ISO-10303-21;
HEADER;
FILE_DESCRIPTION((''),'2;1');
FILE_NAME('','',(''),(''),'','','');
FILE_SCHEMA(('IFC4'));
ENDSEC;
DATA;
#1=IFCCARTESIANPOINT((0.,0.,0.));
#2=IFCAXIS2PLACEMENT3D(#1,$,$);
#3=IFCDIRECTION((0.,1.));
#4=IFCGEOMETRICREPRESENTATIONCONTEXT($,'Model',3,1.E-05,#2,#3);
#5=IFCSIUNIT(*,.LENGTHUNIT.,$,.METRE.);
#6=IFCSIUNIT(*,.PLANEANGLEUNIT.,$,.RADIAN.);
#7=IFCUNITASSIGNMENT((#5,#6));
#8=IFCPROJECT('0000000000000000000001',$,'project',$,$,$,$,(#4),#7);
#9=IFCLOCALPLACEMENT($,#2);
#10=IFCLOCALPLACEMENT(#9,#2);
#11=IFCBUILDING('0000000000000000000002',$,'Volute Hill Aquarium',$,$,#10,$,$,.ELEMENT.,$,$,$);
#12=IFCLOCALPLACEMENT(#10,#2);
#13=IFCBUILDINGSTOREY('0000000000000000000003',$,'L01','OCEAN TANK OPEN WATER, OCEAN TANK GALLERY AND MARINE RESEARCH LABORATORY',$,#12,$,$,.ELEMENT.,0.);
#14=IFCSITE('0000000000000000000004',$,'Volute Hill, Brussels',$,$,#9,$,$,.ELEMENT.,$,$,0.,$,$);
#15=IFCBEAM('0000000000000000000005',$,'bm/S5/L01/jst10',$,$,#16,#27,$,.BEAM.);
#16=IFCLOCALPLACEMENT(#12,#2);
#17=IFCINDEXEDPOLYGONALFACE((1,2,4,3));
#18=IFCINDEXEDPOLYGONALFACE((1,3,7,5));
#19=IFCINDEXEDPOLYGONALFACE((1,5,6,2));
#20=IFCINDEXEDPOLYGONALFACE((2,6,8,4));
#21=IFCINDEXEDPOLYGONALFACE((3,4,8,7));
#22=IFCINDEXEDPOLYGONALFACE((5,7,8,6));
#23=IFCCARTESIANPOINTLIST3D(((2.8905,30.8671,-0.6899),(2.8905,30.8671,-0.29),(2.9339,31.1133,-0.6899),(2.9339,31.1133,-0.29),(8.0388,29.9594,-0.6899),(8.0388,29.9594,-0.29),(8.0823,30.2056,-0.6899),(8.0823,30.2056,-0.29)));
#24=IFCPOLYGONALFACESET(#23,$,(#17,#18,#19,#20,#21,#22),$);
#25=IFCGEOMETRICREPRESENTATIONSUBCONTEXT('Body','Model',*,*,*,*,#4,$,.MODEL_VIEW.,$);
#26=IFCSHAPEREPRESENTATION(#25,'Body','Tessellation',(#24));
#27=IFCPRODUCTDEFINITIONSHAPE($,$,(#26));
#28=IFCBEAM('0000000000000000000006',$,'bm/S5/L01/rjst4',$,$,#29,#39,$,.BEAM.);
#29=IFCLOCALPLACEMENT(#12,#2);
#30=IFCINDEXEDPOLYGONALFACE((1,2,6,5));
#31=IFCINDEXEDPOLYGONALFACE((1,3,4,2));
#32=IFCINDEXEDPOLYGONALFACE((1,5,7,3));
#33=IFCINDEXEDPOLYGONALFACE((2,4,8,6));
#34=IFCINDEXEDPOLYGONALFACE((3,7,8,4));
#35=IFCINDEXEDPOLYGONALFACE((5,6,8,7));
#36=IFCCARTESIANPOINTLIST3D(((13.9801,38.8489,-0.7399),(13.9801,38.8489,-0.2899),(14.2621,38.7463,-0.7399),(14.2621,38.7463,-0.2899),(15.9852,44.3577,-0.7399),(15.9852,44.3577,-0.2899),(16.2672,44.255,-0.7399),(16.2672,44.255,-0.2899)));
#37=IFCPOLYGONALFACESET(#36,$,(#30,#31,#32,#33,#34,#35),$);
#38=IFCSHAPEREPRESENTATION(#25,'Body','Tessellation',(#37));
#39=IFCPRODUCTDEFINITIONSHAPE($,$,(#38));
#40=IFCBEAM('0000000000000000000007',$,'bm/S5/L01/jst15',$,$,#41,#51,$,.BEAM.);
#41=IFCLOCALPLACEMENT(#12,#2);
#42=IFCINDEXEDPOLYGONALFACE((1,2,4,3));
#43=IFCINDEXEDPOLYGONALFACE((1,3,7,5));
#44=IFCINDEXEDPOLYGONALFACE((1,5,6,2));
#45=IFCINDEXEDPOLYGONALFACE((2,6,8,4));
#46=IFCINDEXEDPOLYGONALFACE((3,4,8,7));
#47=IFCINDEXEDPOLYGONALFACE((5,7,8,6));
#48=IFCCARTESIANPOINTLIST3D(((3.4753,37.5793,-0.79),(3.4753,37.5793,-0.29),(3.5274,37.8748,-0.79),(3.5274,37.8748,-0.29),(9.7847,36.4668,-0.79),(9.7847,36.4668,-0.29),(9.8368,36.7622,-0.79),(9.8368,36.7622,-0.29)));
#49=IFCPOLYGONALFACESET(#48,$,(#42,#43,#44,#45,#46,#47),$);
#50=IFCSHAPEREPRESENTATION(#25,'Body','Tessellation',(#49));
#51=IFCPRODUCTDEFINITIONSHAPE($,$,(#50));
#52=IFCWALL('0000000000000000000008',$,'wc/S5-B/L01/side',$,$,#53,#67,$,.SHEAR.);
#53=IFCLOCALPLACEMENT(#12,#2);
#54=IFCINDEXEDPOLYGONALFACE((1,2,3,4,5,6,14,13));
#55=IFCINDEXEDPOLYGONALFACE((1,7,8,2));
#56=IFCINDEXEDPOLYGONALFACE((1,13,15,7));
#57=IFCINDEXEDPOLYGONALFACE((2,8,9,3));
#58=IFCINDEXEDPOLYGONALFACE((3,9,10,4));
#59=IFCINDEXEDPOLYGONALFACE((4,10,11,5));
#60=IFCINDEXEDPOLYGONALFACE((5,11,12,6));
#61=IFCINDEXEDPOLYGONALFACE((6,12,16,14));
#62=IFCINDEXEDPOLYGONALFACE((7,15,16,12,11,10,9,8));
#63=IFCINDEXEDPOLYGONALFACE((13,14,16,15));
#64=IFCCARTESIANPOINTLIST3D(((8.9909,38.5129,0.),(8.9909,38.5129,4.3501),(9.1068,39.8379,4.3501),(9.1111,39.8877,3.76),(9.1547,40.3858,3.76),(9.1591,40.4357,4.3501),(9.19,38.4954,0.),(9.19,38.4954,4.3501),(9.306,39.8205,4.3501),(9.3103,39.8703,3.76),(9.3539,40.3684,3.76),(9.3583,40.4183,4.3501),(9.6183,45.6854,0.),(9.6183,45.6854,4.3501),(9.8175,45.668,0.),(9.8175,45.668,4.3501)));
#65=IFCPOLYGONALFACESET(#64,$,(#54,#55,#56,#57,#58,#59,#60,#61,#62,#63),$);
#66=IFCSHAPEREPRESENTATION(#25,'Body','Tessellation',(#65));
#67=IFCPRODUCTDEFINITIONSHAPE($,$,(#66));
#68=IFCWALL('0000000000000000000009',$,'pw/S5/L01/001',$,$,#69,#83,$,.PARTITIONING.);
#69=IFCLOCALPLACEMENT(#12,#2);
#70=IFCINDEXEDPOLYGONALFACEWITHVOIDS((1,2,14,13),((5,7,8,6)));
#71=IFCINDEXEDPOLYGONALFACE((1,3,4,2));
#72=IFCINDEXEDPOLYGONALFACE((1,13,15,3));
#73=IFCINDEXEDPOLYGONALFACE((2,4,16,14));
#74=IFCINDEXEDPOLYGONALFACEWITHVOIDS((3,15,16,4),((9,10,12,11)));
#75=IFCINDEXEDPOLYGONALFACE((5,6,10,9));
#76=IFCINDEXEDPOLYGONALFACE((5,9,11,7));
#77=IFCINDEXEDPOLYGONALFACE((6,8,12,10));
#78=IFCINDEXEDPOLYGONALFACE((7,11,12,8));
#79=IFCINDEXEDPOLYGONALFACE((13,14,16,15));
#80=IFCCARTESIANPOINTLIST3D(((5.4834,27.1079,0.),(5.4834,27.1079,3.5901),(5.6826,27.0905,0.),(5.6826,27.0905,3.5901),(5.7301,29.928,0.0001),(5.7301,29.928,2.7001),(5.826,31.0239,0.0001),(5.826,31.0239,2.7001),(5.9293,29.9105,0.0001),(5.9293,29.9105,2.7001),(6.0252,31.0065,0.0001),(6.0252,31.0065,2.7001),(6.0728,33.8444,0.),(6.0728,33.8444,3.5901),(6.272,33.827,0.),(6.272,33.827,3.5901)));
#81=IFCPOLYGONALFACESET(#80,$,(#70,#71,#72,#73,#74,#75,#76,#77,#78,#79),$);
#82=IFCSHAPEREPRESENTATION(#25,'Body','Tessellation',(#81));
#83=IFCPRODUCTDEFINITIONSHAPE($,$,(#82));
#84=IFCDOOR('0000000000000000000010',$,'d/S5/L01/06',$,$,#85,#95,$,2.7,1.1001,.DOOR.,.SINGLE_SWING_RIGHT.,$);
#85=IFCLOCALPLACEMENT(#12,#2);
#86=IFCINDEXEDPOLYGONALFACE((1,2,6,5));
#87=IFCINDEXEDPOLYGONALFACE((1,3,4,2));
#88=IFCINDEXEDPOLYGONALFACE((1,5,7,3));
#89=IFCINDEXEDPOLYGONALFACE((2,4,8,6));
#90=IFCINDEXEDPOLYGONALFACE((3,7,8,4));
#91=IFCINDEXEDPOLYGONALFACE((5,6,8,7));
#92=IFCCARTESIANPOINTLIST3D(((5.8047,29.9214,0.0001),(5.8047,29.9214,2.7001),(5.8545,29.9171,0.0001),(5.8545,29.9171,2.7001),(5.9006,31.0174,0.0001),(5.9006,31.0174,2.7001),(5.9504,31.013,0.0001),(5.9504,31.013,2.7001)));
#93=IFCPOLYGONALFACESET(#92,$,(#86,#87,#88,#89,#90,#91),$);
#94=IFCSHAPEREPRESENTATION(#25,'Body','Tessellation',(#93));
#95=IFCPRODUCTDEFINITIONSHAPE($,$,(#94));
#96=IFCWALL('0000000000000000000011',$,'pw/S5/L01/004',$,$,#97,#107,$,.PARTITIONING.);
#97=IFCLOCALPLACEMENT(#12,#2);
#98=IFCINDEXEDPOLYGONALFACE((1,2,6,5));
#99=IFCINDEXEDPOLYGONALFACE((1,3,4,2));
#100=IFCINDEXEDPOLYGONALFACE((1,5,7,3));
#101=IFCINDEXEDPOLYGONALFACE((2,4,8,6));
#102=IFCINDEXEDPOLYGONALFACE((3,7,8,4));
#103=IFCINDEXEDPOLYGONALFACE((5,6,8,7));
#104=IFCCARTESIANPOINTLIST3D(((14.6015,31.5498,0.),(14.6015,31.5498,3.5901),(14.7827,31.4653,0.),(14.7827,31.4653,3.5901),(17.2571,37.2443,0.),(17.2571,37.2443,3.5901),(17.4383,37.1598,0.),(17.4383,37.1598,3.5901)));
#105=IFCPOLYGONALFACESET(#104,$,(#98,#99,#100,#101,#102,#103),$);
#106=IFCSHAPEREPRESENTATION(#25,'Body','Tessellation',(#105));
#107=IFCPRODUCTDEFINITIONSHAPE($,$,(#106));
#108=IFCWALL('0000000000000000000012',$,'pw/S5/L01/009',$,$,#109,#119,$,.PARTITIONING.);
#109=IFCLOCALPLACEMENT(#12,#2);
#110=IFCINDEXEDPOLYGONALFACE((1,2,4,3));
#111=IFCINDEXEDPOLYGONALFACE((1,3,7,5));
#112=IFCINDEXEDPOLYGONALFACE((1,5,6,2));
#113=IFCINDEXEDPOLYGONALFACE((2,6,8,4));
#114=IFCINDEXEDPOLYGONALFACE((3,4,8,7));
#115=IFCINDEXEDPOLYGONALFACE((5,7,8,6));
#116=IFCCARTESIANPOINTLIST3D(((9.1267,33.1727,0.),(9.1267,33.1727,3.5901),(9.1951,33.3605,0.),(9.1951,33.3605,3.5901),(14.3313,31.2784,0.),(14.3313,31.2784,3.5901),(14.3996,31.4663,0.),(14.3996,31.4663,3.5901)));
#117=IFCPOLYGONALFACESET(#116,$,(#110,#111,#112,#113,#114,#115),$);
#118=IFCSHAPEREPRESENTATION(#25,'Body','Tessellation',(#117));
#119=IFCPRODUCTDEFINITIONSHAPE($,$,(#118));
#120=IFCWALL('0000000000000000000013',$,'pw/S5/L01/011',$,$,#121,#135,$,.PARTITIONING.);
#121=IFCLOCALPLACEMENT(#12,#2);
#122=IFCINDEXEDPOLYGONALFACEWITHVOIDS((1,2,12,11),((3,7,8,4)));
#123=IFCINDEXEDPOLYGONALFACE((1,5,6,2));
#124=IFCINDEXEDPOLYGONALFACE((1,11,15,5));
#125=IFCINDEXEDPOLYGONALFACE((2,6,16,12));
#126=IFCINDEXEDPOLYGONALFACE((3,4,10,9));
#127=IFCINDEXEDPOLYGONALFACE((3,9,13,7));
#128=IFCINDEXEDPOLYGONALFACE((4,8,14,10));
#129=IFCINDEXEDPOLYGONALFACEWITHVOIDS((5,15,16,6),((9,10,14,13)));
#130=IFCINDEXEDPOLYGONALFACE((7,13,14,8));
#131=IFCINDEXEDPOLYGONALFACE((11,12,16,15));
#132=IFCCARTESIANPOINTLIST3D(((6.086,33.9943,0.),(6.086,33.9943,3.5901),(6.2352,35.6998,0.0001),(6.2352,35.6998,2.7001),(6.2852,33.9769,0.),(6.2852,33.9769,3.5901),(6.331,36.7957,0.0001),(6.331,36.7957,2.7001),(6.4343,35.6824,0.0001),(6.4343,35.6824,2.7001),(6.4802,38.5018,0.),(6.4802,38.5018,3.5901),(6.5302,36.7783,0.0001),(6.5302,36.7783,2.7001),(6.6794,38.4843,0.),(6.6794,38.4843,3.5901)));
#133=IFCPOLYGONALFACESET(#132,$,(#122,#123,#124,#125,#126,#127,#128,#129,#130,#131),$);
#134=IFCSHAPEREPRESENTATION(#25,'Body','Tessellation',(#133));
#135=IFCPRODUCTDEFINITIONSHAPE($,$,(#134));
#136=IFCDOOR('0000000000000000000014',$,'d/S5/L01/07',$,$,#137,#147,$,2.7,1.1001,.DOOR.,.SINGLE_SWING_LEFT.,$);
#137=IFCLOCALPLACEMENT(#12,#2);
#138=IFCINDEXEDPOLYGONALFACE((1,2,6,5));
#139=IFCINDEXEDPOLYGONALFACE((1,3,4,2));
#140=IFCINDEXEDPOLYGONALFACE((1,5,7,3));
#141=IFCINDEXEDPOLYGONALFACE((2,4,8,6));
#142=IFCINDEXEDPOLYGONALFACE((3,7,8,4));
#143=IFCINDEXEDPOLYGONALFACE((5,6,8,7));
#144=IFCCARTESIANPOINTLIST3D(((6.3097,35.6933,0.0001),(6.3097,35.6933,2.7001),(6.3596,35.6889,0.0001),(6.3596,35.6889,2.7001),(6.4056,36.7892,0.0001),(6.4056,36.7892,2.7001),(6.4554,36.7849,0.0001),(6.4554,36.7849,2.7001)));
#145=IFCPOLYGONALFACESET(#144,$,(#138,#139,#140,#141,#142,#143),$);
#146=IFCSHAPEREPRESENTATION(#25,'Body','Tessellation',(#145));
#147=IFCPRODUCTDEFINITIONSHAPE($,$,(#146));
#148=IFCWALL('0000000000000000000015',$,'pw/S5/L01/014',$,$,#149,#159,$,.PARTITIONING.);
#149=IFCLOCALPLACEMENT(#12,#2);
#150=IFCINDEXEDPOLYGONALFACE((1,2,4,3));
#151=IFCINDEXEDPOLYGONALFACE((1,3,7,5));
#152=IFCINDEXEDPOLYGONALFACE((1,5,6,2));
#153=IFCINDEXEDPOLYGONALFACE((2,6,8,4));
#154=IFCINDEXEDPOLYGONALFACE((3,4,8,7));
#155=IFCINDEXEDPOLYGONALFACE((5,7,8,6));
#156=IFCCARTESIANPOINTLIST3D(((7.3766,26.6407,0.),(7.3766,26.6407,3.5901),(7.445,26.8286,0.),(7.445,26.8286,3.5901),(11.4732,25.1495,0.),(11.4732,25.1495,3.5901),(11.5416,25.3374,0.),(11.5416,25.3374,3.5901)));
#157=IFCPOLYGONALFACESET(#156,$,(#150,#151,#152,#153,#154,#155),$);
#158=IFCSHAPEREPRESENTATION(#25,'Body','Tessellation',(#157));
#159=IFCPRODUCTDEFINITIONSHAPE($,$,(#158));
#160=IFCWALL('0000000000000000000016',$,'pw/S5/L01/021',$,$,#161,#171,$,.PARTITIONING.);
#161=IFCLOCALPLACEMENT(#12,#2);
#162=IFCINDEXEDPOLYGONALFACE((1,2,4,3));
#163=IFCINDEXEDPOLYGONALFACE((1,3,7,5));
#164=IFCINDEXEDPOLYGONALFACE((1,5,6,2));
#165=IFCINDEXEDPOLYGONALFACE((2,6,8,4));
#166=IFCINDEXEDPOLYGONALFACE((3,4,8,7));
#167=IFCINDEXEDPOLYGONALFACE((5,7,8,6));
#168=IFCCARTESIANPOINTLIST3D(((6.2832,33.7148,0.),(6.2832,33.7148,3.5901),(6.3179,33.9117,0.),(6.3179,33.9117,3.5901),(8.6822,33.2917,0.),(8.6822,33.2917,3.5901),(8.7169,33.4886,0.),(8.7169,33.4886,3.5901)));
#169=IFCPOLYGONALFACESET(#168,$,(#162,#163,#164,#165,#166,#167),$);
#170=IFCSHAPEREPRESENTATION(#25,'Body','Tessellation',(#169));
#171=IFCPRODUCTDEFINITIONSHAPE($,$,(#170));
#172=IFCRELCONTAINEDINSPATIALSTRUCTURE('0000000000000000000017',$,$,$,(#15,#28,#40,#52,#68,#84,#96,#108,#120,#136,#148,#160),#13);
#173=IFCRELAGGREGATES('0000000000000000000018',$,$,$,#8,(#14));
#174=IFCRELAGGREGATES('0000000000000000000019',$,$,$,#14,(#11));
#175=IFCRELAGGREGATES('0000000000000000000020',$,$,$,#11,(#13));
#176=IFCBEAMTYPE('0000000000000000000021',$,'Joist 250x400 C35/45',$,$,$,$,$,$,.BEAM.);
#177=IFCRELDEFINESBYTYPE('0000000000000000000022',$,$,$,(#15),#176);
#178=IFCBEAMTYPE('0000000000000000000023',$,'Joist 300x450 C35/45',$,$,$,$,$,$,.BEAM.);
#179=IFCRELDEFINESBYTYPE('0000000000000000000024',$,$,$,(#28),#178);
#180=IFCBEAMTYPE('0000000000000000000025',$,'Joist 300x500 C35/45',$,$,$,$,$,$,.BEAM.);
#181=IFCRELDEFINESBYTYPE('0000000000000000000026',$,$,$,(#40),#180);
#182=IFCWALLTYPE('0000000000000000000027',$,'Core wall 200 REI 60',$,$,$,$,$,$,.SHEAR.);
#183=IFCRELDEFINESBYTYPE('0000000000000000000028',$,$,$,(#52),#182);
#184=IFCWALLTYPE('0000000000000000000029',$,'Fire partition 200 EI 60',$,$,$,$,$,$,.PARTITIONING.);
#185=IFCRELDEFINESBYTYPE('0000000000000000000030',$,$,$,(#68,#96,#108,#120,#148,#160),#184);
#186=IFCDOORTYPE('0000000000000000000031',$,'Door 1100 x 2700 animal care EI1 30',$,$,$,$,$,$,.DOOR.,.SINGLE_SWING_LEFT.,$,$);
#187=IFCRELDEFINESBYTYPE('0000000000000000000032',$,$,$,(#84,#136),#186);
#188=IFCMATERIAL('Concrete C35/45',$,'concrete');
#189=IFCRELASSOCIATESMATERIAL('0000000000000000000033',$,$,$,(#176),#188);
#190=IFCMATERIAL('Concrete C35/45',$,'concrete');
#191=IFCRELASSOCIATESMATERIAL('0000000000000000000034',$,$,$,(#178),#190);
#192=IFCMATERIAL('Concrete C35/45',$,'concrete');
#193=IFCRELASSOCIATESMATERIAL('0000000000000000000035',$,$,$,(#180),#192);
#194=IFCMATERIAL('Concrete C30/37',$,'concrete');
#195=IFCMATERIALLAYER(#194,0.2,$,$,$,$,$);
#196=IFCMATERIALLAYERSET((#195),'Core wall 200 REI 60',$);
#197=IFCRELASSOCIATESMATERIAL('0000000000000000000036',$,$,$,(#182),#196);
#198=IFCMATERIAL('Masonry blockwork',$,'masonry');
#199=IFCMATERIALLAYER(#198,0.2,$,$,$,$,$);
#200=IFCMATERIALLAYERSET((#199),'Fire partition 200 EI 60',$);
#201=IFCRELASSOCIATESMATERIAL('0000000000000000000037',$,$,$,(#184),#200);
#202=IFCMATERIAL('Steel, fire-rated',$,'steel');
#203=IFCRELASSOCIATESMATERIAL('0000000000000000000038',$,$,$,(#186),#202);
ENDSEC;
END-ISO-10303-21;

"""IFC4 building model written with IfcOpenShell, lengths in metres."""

from ifc_helpers import new_model, si_unit, direction, frame, frame_2d, origin, origin_2d, place, context, subcontext, project, spatial, polyline, rectangle, outline, extrude, material, layer, layer_set, material_profile, profile_set, type_object, element, fill, save


model = new_model("IFC4")

# Units and contexts
model_context = context("Model", 3, precision=1e-05, world=origin(), true_north=direction((0.0, 1.0)))
body_context = subcontext(model_context, "Body", "Model", "MODEL_VIEW")
ifc_project = project(units=[si_unit("LENGTHUNIT", "METRE"), si_unit("PLANEANGLEUNIT", "RADIAN")], contexts=[model_context])

# Site, building, storey
site_placement = place(None, origin())
site = spatial("IfcSite", under=ifc_project, at=site_placement, Name="Volute Hill, Brussels", CompositionType="ELEMENT", RefElevation=0.0)
building_placement = place(site_placement, origin())
building = spatial("IfcBuilding", under=site, at=building_placement, Name="Volute Hill Aquarium", CompositionType="ELEMENT")
storey_placement = place(building_placement, origin())
storey = spatial("IfcBuildingStorey", under=building, at=storey_placement, Name="L01", Description="OCEAN TANK OPEN WATER, OCEAN TANK GALLERY AND MARINE RESEARCH LABORATORY", CompositionType="ELEMENT", Elevation=0.0)

# Beams
ifc_material_1 = material(Name="Concrete C35/45", Category="concrete")
ifc_material_profile_1 = material_profile(ifc_material_1, rectangle(XDim=0.25, YDim=0.3999, at=origin_2d()), Name="RC joist 250x400")
ifc_profile_set_1 = profile_set([ifc_material_profile_1], Name="Concrete C35/45")
beam_type_1 = type_object("IfcBeamType", Name="Joist 250x400 C35/45", PredefinedType="BEAM", material=ifc_profile_set_1)
beam_1_placement = place(storey_placement, frame((8.0605, 30.0825, -0.49), z_axis=(-0.984811, 0.173631, 0.0), x_axis=(-0.173631, -0.984811, 0.0)))
element("IfcBeam", 1, at=beam_1_placement, inside=storey, type_object=beam_type_1, Name="bm/S5/L01/jst10", PredefinedType="BEAM", context=body_context, shape_type="SweptSolid", body=[
    extrude(rectangle(XDim=0.25, YDim=0.3999, at=origin_2d()), origin(), (0.0, 0.0, 1.0), 5.2278),
])
ifc_material_2 = material(Name="Concrete C35/45", Category="concrete")
ifc_material_profile_2 = material_profile(ifc_material_2, rectangle(XDim=0.3, YDim=0.45, at=origin_2d()), Name="RC joist 300x450")
ifc_profile_set_2 = profile_set([ifc_material_profile_2], Name="Concrete C35/45")
beam_type_2 = type_object("IfcBeamType", Name="Joist 300x450 C35/45", PredefinedType="BEAM", material=ifc_profile_set_2)
beam_2_placement = place(storey_placement, frame((14.1211, 38.7976, -0.5149), z_axis=(0.342034, 0.939688, 0.0), x_axis=(-0.939688, 0.342034, 0.0)))
element("IfcBeam", 2, at=beam_2_placement, inside=storey, type_object=beam_type_2, Name="bm/S5/L01/rjst4", PredefinedType="BEAM", context=body_context, shape_type="SweptSolid", body=[
    extrude(rectangle(XDim=0.3, YDim=0.45, at=origin_2d()), origin(), (0.0, 0.0, 1.0), 5.8623),
])
ifc_material_3 = material(Name="Concrete C35/45", Category="concrete")
ifc_material_profile_3 = material_profile(ifc_material_3, rectangle(XDim=0.3, YDim=0.5, at=origin_2d()), Name="RC joist 300x500")
ifc_profile_set_3 = profile_set([ifc_material_profile_3], Name="Concrete C35/45")
beam_type_3 = type_object("IfcBeamType", Name="Joist 300x500 C35/45", PredefinedType="BEAM", material=ifc_profile_set_3)
beam_3_placement = place(storey_placement, frame((9.8108, 36.6145, -0.54), z_axis=(-0.984807, 0.173655, 0.0), x_axis=(-0.173655, -0.984807, 0.0)))
element("IfcBeam", 3, at=beam_3_placement, inside=storey, type_object=beam_type_3, Name="bm/S5/L01/jst15", PredefinedType="BEAM", context=body_context, shape_type="SweptSolid", body=[
    extrude(rectangle(XDim=0.3, YDim=0.5, at=origin_2d()), origin(), (0.0, 0.0, 1.0), 6.4067),
])

# Wall
ifc_material_4 = material(Name="Concrete C30/37", Category="concrete")
ifc_layer_1 = layer(ifc_material_4, 0.2)
ifc_layer_set_1 = layer_set([ifc_layer_1], Name="Core wall 200 REI 60")
wall_type_1 = type_object("IfcWallType", Name="Core wall 200 REI 60", PredefinedType="SHEAR", material=ifc_layer_set_1)
wall_1_placement = place(storey_placement, frame((9.0906, 38.5042, 0.0), z_axis=(0.0, 0.0, 1.0), x_axis=(0.087145, 0.996196, 0.0)))
element("IfcWall", 4, at=wall_1_placement, inside=storey, type_object=wall_type_1, Name="wc/S5-B/L01/side", PredefinedType="SHEAR", context=body_context, shape_type="SweptSolid", body=[
    extrude(outline(polyline([(0.0, 0.0), (7.2, 0.0), (7.2, 4.3501), (1.9302, 4.3501), (1.8801, 3.76), (1.3801, 3.76), (1.3301, 4.3501), (0.0, 4.3501), (0.0, 0.0)])), frame((0.0, 0.1001, 0.0), z_axis=(0.0, -1.0, 0.0), x_axis=(1.0, 0.0, 0.0)), (0.0, 0.0, 1.0), 0.2),
])

# Wall, opening, door
ifc_material_5 = material(Name="Masonry blockwork", Category="masonry")
ifc_layer_2 = layer(ifc_material_5, 0.2)
ifc_layer_set_2 = layer_set([ifc_layer_2], Name="Fire partition 200 EI 60")
wall_type_2 = type_object("IfcWallType", Name="Fire partition 200 EI 60", PredefinedType="PARTITIONING", material=ifc_layer_set_2)
wall_2_placement = place(storey_placement, frame((6.1724, 33.8357, 0.0), z_axis=(0.0, 0.0, 1.0), x_axis=(-0.087153, -0.996195, 0.0)))
wall_2 = element("IfcWall", 5, at=wall_2_placement, inside=storey, type_object=wall_type_2, Name="pw/S5/L01/001", PredefinedType="PARTITIONING", context=body_context, shape_type="SweptSolid", body=[
    extrude(rectangle(XDim=6.7622, YDim=0.2, at=frame_2d((3.3811, 0.0))), origin(), (0.0, 0.0, 1.0), 3.5901),
])
opening_1_placement = place(wall_2_placement, frame((2.8313, 0.0, 0.0)))
opening_1 = element("IfcOpeningElement", 6, at=opening_1_placement, cuts=wall_2, PredefinedType="OPENING", context=body_context, shape_type="SweptSolid", body=[
    extrude(rectangle(XDim=1.1001, YDim=2.7, at=frame_2d((0.55, 1.3501))), frame((0.0, 0.1099, 0.0), z_axis=(0.0, -1.0, 0.0), x_axis=(1.0, 0.0, 0.0)), (0.0, 0.0, 1.0), 0.22),
])
ifc_material_6 = material(Name="Steel, fire-rated", Category="steel")
door_type = type_object("IfcDoorType", Name="Door 1100 x 2700 animal care EI1 30", OperationType="SINGLE_SWING_LEFT", PredefinedType="DOOR", material=ifc_material_6)
door_1_placement = place(opening_1_placement, origin())
door_1 = element("IfcDoor", 7, at=door_1_placement, inside=storey, type_object=door_type, Name="d/S5/L01/06", OperationType="SINGLE_SWING_RIGHT", OverallHeight=2.7, OverallWidth=1.1001, PredefinedType="DOOR", context=body_context, shape_type="SweptSolid", body=[
    extrude(rectangle(XDim=1.1001, YDim=2.7, at=frame_2d((0.55, 1.3501))), frame((0.0, 0.0249, 0.0), z_axis=(0.0, -1.0, 0.0), x_axis=(1.0, 0.0, 0.0)), (0.0, 0.0, 1.0), 0.05),
])
fill(opening_1, door_1)

# Walls
wall_3_placement = place(storey_placement, frame((14.6921, 31.5076, 0.0), z_axis=(0.0, 0.0, 1.0), x_axis=(0.422645, 0.906295, 0.0)))
element("IfcWall", 8, at=wall_3_placement, inside=storey, type_object=wall_type_2, Name="pw/S5/L01/004", PredefinedType="PARTITIONING", context=body_context, shape_type="SweptSolid", body=[
    extrude(rectangle(XDim=6.2832, YDim=0.2, at=frame_2d((3.1416, 0.0))), origin(), (0.0, 0.0, 1.0), 3.5901),
])
wall_4_placement = place(storey_placement, frame((9.1609, 33.2666, 0.0), z_axis=(0.0, 0.0, 1.0), x_axis=(0.939694, -0.342016, 0.0)))
element("IfcWall", 9, at=wall_4_placement, inside=storey, type_object=wall_type_2, Name="pw/S5/L01/009", PredefinedType="PARTITIONING", context=body_context, shape_type="SweptSolid", body=[
    extrude(rectangle(XDim=5.5386, YDim=0.2, at=frame_2d((2.7693, 0.0))), origin(), (0.0, 0.0, 1.0), 3.5901),
])

# Wall, opening, door
wall_5_placement = place(storey_placement, frame((6.5798, 38.4929, 0.0), z_axis=(0.0, 0.0, 1.0), x_axis=(-0.08714, -0.996196, 0.0)))
wall_5 = element("IfcWall", 10, at=wall_5_placement, inside=storey, type_object=wall_type_2, Name="pw/S5/L01/011", PredefinedType="PARTITIONING", context=body_context, shape_type="SweptSolid", body=[
    extrude(rectangle(XDim=4.5247, YDim=0.2, at=frame_2d((2.2622, 0.0))), origin(), (0.0, 0.0, 1.0), 3.5901),
])
opening_2_placement = place(wall_5_placement, frame((1.7124, 0.0, 0.0)))
opening_2 = element("IfcOpeningElement", 11, at=opening_2_placement, cuts=wall_5, PredefinedType="OPENING", context=body_context, shape_type="SweptSolid", body=[
    extrude(rectangle(XDim=1.1001, YDim=2.7, at=frame_2d((0.55, 1.3501))), frame((0.0, 0.1099, 0.0), z_axis=(0.0, -1.0, 0.0), x_axis=(1.0, 0.0, 0.0)), (0.0, 0.0, 1.0), 0.22),
])
door_2_placement = place(opening_2_placement, origin())
door_2 = element("IfcDoor", 12, at=door_2_placement, inside=storey, type_object=door_type, Name="d/S5/L01/07", OperationType="SINGLE_SWING_LEFT", OverallHeight=2.7, OverallWidth=1.1001, PredefinedType="DOOR", context=body_context, shape_type="SweptSolid", body=[
    extrude(rectangle(XDim=1.1001, YDim=2.7, at=frame_2d((0.55, 1.3501))), frame((0.0, 0.0249, 0.0), z_axis=(0.0, -1.0, 0.0), x_axis=(1.0, 0.0, 0.0)), (0.0, 0.0, 1.0), 0.05),
])
fill(opening_2, door_2)

# Walls
wall_6_placement = place(storey_placement, frame((7.4109, 26.7346, 0.0), z_axis=(0.0, 0.0, 1.0), x_axis=(0.939682, -0.342049, 0.0)))
element("IfcWall", 13, at=wall_6_placement, inside=storey, type_object=wall_type_2, Name="pw/S5/L01/014", PredefinedType="PARTITIONING", context=body_context, shape_type="SweptSolid", body=[
    extrude(rectangle(XDim=4.3596, YDim=0.2, at=frame_2d((2.1797, 0.0))), origin(), (0.0, 0.0, 1.0), 3.5901),
])
wall_7_placement = place(storey_placement, frame((6.3005, 33.8132, 0.0), z_axis=(0.0, 0.0, 1.0), x_axis=(0.984801, -0.173688, 0.0)))
element("IfcWall", 14, at=wall_7_placement, inside=storey, type_object=wall_type_2, Name="pw/S5/L01/021", PredefinedType="PARTITIONING", context=body_context, shape_type="SweptSolid", body=[
    extrude(rectangle(XDim=2.436, YDim=0.2, at=frame_2d((1.218, 0.0))), origin(), (0.0, 0.0, 1.0), 3.5901),
])

save(model, "model.ifc")
